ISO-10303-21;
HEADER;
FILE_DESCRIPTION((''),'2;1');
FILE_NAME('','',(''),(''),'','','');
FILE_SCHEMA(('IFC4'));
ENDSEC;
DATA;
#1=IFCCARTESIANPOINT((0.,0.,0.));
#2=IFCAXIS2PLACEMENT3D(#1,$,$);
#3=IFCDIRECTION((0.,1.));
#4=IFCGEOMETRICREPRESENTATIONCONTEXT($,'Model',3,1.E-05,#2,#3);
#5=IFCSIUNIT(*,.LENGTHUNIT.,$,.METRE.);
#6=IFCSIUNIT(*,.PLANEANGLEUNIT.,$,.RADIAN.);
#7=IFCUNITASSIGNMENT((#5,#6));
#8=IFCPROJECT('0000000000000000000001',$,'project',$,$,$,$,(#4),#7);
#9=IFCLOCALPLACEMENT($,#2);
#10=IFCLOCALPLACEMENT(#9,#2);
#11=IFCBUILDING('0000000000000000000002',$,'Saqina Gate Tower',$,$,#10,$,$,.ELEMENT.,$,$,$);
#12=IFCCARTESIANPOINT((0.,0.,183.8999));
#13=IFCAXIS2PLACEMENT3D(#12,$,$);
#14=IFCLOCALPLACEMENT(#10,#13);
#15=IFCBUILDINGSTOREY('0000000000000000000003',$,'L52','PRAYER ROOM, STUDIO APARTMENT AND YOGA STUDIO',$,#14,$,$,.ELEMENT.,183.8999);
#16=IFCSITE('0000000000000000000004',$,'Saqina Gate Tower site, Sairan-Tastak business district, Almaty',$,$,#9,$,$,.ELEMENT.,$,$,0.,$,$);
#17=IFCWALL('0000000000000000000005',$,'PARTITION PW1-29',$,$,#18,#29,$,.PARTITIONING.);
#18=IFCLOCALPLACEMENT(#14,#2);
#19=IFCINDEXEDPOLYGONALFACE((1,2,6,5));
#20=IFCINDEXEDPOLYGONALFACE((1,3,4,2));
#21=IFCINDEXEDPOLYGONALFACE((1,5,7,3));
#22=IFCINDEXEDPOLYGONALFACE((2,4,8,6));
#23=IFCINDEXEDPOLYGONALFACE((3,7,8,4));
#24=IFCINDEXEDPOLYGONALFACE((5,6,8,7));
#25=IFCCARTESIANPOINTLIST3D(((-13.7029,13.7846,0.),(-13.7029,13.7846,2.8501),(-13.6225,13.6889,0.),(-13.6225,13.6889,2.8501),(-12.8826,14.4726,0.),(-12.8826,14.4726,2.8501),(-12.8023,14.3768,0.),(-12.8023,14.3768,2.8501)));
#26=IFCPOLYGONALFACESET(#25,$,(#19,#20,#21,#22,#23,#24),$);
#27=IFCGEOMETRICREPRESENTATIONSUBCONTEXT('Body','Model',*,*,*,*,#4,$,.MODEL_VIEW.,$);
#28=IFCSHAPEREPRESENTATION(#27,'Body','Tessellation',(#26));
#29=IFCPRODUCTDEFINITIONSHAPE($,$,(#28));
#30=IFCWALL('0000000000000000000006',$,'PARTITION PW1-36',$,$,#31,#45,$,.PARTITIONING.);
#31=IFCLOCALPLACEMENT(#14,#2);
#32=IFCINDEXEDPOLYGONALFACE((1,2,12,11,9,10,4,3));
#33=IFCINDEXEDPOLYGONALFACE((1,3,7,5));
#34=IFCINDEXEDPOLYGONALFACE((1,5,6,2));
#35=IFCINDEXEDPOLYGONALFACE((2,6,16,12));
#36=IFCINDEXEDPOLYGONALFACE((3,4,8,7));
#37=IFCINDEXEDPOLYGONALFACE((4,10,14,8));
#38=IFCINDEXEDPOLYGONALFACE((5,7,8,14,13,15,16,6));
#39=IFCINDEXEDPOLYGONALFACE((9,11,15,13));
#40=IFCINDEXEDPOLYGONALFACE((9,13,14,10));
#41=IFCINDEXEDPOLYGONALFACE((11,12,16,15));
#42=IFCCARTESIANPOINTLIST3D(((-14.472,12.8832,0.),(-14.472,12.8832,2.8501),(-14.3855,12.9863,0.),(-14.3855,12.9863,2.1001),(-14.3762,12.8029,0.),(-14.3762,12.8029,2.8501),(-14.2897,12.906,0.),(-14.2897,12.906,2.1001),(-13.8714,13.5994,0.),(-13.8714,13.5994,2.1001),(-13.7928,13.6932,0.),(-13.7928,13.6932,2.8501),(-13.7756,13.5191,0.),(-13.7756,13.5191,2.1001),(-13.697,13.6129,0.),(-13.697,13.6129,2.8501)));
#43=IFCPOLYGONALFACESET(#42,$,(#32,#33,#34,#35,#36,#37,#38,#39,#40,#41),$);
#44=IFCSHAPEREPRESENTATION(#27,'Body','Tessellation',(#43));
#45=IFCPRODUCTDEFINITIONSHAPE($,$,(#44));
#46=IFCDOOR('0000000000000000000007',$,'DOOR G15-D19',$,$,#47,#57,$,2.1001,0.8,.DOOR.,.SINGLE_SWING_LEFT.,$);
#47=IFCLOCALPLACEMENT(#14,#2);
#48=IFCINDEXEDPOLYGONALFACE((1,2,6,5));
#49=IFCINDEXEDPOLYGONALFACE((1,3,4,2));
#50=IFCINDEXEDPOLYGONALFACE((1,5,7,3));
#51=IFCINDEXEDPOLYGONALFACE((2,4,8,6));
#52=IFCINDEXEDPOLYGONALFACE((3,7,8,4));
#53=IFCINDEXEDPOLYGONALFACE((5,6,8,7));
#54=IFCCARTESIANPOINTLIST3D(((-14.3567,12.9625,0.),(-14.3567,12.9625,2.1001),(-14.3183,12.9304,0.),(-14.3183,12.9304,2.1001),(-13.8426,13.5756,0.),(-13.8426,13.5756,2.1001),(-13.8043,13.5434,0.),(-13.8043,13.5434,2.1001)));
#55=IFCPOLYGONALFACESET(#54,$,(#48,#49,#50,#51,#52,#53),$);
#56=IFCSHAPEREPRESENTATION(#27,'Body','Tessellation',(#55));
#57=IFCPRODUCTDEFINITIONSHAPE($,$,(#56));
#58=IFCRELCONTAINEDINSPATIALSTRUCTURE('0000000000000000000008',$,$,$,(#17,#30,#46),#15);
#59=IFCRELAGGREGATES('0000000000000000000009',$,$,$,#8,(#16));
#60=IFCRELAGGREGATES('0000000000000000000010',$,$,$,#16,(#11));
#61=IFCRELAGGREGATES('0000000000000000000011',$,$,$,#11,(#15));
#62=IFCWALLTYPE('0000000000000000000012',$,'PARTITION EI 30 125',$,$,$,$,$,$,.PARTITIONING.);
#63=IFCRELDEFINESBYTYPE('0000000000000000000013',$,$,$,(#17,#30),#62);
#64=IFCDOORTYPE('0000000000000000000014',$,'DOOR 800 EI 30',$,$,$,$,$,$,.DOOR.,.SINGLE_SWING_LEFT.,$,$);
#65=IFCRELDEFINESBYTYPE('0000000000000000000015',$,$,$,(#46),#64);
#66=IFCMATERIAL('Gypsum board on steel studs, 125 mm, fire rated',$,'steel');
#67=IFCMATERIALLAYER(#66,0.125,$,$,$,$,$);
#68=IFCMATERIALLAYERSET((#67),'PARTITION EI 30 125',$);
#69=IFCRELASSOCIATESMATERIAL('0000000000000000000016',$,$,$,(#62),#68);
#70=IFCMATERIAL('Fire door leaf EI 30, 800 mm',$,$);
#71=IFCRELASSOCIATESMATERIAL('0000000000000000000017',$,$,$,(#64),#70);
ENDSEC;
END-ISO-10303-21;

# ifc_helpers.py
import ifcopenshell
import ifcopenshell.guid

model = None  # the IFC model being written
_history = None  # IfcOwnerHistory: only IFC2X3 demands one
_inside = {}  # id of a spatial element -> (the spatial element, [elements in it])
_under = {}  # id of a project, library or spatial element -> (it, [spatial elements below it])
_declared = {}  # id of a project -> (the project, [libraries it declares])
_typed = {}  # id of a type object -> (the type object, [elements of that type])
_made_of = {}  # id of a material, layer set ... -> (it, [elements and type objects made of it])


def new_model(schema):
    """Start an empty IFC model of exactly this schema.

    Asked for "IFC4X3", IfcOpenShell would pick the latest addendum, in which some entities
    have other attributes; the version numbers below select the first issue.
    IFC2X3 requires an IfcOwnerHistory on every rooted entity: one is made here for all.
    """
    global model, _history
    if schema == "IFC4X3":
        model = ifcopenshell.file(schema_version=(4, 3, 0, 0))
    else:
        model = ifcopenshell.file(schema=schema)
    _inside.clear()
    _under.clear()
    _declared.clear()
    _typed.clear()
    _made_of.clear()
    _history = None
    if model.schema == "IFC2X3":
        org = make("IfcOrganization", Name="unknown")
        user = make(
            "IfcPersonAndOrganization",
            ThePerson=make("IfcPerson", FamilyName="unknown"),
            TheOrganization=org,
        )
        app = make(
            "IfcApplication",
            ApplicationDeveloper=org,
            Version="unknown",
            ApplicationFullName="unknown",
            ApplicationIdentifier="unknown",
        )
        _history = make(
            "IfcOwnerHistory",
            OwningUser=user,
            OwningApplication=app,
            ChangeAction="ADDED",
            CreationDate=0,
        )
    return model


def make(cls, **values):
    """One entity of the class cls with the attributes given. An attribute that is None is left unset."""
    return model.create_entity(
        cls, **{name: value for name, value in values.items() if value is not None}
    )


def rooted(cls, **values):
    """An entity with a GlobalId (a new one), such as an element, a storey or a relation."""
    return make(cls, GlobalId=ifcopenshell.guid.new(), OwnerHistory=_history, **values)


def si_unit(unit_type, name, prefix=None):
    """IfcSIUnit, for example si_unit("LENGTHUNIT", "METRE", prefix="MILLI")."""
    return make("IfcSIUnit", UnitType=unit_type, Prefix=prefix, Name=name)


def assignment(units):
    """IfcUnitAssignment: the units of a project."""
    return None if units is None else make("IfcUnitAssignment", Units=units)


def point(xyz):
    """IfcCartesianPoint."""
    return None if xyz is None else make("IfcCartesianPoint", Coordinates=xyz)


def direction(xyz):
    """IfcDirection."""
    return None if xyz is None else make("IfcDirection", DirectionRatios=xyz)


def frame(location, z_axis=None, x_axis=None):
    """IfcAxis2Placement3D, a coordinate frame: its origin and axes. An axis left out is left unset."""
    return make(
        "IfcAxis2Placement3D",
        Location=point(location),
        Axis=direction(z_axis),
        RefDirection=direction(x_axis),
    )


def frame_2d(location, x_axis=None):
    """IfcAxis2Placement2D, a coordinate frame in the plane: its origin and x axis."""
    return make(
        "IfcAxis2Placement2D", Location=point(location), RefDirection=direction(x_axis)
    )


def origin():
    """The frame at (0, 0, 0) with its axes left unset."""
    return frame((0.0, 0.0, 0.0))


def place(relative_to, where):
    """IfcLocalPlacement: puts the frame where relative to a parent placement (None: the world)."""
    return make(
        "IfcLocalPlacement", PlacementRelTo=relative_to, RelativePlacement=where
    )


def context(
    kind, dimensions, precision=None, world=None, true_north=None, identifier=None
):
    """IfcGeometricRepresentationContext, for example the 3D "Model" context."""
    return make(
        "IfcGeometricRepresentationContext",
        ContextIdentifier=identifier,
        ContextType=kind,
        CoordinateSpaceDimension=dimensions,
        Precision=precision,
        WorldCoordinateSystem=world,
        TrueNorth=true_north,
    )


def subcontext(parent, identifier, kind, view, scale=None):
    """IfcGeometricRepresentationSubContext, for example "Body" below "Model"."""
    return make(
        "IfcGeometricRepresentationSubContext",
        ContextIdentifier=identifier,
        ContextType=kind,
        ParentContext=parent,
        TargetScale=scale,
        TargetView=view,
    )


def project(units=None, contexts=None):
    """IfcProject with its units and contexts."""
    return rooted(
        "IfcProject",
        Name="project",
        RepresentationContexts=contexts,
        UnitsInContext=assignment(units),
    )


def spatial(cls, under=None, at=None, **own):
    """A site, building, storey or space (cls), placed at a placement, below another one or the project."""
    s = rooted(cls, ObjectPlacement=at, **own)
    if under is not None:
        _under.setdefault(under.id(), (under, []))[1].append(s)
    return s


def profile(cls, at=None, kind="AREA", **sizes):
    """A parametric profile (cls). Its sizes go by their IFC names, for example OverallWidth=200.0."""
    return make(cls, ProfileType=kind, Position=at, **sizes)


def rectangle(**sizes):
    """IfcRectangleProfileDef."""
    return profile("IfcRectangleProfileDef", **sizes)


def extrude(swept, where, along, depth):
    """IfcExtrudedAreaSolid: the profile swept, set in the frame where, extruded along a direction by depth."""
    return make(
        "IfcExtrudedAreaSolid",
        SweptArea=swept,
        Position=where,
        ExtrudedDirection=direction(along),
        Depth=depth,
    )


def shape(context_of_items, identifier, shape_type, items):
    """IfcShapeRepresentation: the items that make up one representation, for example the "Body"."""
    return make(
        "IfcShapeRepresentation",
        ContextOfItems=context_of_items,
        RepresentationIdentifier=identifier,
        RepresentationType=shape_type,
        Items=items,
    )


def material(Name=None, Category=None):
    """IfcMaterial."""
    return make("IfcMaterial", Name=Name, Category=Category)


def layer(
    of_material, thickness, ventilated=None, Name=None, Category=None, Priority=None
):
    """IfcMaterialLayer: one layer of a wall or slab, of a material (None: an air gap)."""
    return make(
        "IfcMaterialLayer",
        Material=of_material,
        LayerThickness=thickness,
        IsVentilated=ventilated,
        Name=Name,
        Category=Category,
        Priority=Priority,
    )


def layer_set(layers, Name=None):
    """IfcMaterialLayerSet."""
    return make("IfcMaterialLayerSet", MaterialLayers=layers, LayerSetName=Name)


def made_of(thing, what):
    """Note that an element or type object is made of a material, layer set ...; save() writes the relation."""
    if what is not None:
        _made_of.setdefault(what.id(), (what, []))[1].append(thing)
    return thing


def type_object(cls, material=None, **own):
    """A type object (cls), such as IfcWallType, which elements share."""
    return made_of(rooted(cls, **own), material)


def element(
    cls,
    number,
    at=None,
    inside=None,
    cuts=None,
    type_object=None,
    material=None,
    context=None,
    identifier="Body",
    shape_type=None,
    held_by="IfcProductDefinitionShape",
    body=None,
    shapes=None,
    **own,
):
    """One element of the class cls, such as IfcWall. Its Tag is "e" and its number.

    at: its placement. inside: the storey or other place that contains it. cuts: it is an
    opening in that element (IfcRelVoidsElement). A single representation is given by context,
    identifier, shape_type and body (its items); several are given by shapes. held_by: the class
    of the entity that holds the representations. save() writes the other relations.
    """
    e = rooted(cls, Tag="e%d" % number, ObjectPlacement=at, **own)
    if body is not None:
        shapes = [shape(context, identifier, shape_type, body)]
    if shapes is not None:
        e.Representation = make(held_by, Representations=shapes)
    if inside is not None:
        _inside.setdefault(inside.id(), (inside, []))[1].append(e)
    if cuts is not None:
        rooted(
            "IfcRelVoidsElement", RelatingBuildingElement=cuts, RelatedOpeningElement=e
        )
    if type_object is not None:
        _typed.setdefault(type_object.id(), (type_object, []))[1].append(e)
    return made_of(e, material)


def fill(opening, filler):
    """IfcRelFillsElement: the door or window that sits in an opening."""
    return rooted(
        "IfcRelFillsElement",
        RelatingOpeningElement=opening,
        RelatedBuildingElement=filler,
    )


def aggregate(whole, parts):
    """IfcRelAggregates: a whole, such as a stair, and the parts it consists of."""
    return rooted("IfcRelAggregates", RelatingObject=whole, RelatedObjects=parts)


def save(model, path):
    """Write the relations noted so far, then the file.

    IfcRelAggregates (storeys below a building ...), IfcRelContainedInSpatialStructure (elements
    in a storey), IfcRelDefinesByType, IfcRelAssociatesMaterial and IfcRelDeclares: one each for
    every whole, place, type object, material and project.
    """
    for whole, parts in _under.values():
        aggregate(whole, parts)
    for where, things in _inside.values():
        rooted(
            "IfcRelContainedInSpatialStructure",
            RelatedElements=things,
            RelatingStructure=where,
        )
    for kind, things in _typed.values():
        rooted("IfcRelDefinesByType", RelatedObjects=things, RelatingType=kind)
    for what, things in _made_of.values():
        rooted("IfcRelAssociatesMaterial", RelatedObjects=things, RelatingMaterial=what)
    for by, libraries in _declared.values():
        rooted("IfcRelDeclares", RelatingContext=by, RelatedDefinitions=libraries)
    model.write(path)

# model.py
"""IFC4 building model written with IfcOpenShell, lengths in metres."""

from ifc_helpers import new_model, si_unit, direction, frame, frame_2d, origin, place, context, subcontext, project, spatial, rectangle, extrude, material, layer, layer_set, type_object, element, fill, save


model = new_model("IFC4")

# Units and contexts
model_context = context("Model", 3, precision=1e-05, world=origin(), true_north=direction((0.0, 1.0)))
body_context = subcontext(model_context, "Body", "Model", "MODEL_VIEW")
ifc_project = project(units=[si_unit("LENGTHUNIT", "METRE"), si_unit("PLANEANGLEUNIT", "RADIAN")], contexts=[model_context])

# Site, building, storey
site_placement = place(None, origin())
site = spatial("IfcSite", under=ifc_project, at=site_placement, Name="Saqina Gate Tower site, Sairan-Tastak business district, Almaty", CompositionType="ELEMENT", RefElevation=0.0)
building_placement = place(site_placement, origin())
building = spatial("IfcBuilding", under=site, at=building_placement, Name="Saqina Gate Tower", CompositionType="ELEMENT")
storey_placement = place(building_placement, frame((0.0, 0.0, 183.8999)))
storey = spatial("IfcBuildingStorey", under=building, at=storey_placement, Name="L52", Description="PRAYER ROOM, STUDIO APARTMENT AND YOGA STUDIO", CompositionType="ELEMENT", Elevation=183.8999)

# Shared definitions
ifc_material_1 = material(Name="Gypsum board on steel studs, 125 mm, fire rated", Category="steel")
ifc_layer_1 = layer(ifc_material_1, 0.125)
ifc_layer_set_1 = layer_set([ifc_layer_1], Name="PARTITION EI 30 125")
wall_type_1 = type_object("IfcWallType", Name="PARTITION EI 30 125", PredefinedType="PARTITIONING", material=ifc_layer_set_1)

# Wall
wall_1_placement = place(storey_placement, frame((-13.6626, 13.7368, 0.0), z_axis=(0.0, 0.0, 1.0), x_axis=(0.766199, 0.642604, 0.0)))
element("IfcWall", 1, at=wall_1_placement, inside=storey, type_object=wall_type_1, Name="PARTITION PW1-29", PredefinedType="PARTITIONING", context=body_context, shape_type="SweptSolid", body=[
    extrude(rectangle(XDim=1.0706, YDim=0.125, at=frame_2d((0.5352, 0.0))), origin(), (0.0, 0.0, 1.0), 2.8501),
])

# Wall, opening, door
wall_2_placement = place(storey_placement, frame((-14.4241, 12.843, 0.0), z_axis=(0.0, 0.0, 1.0), x_axis=(0.642499, 0.766287, 0.0)))
wall_2 = element("IfcWall", 2, at=wall_2_placement, inside=storey, type_object=wall_type_1, Name="PARTITION PW1-36", PredefinedType="PARTITIONING", context=body_context, shape_type="SweptSolid", body=[
    extrude(rectangle(XDim=1.0571, YDim=0.125, at=frame_2d((0.5286, 0.0))), origin(), (0.0, 0.0, 1.0), 2.8501),
])
opening_1_placement = place(wall_2_placement, frame((0.1348, 0.0, 0.0)))
opening_1 = element("IfcOpeningElement", 3, at=opening_1_placement, cuts=wall_2, PredefinedType="OPENING", context=body_context, shape_type="SweptSolid", body=[
    extrude(rectangle(XDim=0.8, YDim=2.1001, at=frame_2d((0.3999, 1.05))), frame((0.0, 0.0745, 0.0), z_axis=(0.0, -1.0, 0.0), x_axis=(1.0, 0.0, 0.0)), (0.0, 0.0, 1.0), 0.1489),
])
ifc_material_2 = material(Name="Fire door leaf EI 30, 800 mm")
door_type_1 = type_object("IfcDoorType", Name="DOOR 800 EI 30", OperationType="SINGLE_SWING_LEFT", PredefinedType="DOOR", material=ifc_material_2)
door_1_placement = place(opening_1_placement, frame((0.8, 0.0, 0.0), z_axis=(0.0, 0.0, 1.0), x_axis=(-1.0, 0.0, 0.0)))
door_1 = element("IfcDoor", 4, at=door_1_placement, inside=storey, type_object=door_type_1, Name="DOOR G15-D19", OperationType="SINGLE_SWING_LEFT", OverallHeight=2.1001, OverallWidth=0.8, PredefinedType="DOOR", context=body_context, shape_type="SweptSolid", body=[
    extrude(rectangle(XDim=0.8, YDim=2.1001, at=frame_2d((0.3999, 1.05))), frame((0.0, 0.0249, 0.0), z_axis=(0.0, -1.0, 0.0), x_axis=(1.0, 0.0, 0.0)), (0.0, 0.0, 1.0), 0.05),
])
fill(opening_1, door_1)

save(model, "model.ifc")
